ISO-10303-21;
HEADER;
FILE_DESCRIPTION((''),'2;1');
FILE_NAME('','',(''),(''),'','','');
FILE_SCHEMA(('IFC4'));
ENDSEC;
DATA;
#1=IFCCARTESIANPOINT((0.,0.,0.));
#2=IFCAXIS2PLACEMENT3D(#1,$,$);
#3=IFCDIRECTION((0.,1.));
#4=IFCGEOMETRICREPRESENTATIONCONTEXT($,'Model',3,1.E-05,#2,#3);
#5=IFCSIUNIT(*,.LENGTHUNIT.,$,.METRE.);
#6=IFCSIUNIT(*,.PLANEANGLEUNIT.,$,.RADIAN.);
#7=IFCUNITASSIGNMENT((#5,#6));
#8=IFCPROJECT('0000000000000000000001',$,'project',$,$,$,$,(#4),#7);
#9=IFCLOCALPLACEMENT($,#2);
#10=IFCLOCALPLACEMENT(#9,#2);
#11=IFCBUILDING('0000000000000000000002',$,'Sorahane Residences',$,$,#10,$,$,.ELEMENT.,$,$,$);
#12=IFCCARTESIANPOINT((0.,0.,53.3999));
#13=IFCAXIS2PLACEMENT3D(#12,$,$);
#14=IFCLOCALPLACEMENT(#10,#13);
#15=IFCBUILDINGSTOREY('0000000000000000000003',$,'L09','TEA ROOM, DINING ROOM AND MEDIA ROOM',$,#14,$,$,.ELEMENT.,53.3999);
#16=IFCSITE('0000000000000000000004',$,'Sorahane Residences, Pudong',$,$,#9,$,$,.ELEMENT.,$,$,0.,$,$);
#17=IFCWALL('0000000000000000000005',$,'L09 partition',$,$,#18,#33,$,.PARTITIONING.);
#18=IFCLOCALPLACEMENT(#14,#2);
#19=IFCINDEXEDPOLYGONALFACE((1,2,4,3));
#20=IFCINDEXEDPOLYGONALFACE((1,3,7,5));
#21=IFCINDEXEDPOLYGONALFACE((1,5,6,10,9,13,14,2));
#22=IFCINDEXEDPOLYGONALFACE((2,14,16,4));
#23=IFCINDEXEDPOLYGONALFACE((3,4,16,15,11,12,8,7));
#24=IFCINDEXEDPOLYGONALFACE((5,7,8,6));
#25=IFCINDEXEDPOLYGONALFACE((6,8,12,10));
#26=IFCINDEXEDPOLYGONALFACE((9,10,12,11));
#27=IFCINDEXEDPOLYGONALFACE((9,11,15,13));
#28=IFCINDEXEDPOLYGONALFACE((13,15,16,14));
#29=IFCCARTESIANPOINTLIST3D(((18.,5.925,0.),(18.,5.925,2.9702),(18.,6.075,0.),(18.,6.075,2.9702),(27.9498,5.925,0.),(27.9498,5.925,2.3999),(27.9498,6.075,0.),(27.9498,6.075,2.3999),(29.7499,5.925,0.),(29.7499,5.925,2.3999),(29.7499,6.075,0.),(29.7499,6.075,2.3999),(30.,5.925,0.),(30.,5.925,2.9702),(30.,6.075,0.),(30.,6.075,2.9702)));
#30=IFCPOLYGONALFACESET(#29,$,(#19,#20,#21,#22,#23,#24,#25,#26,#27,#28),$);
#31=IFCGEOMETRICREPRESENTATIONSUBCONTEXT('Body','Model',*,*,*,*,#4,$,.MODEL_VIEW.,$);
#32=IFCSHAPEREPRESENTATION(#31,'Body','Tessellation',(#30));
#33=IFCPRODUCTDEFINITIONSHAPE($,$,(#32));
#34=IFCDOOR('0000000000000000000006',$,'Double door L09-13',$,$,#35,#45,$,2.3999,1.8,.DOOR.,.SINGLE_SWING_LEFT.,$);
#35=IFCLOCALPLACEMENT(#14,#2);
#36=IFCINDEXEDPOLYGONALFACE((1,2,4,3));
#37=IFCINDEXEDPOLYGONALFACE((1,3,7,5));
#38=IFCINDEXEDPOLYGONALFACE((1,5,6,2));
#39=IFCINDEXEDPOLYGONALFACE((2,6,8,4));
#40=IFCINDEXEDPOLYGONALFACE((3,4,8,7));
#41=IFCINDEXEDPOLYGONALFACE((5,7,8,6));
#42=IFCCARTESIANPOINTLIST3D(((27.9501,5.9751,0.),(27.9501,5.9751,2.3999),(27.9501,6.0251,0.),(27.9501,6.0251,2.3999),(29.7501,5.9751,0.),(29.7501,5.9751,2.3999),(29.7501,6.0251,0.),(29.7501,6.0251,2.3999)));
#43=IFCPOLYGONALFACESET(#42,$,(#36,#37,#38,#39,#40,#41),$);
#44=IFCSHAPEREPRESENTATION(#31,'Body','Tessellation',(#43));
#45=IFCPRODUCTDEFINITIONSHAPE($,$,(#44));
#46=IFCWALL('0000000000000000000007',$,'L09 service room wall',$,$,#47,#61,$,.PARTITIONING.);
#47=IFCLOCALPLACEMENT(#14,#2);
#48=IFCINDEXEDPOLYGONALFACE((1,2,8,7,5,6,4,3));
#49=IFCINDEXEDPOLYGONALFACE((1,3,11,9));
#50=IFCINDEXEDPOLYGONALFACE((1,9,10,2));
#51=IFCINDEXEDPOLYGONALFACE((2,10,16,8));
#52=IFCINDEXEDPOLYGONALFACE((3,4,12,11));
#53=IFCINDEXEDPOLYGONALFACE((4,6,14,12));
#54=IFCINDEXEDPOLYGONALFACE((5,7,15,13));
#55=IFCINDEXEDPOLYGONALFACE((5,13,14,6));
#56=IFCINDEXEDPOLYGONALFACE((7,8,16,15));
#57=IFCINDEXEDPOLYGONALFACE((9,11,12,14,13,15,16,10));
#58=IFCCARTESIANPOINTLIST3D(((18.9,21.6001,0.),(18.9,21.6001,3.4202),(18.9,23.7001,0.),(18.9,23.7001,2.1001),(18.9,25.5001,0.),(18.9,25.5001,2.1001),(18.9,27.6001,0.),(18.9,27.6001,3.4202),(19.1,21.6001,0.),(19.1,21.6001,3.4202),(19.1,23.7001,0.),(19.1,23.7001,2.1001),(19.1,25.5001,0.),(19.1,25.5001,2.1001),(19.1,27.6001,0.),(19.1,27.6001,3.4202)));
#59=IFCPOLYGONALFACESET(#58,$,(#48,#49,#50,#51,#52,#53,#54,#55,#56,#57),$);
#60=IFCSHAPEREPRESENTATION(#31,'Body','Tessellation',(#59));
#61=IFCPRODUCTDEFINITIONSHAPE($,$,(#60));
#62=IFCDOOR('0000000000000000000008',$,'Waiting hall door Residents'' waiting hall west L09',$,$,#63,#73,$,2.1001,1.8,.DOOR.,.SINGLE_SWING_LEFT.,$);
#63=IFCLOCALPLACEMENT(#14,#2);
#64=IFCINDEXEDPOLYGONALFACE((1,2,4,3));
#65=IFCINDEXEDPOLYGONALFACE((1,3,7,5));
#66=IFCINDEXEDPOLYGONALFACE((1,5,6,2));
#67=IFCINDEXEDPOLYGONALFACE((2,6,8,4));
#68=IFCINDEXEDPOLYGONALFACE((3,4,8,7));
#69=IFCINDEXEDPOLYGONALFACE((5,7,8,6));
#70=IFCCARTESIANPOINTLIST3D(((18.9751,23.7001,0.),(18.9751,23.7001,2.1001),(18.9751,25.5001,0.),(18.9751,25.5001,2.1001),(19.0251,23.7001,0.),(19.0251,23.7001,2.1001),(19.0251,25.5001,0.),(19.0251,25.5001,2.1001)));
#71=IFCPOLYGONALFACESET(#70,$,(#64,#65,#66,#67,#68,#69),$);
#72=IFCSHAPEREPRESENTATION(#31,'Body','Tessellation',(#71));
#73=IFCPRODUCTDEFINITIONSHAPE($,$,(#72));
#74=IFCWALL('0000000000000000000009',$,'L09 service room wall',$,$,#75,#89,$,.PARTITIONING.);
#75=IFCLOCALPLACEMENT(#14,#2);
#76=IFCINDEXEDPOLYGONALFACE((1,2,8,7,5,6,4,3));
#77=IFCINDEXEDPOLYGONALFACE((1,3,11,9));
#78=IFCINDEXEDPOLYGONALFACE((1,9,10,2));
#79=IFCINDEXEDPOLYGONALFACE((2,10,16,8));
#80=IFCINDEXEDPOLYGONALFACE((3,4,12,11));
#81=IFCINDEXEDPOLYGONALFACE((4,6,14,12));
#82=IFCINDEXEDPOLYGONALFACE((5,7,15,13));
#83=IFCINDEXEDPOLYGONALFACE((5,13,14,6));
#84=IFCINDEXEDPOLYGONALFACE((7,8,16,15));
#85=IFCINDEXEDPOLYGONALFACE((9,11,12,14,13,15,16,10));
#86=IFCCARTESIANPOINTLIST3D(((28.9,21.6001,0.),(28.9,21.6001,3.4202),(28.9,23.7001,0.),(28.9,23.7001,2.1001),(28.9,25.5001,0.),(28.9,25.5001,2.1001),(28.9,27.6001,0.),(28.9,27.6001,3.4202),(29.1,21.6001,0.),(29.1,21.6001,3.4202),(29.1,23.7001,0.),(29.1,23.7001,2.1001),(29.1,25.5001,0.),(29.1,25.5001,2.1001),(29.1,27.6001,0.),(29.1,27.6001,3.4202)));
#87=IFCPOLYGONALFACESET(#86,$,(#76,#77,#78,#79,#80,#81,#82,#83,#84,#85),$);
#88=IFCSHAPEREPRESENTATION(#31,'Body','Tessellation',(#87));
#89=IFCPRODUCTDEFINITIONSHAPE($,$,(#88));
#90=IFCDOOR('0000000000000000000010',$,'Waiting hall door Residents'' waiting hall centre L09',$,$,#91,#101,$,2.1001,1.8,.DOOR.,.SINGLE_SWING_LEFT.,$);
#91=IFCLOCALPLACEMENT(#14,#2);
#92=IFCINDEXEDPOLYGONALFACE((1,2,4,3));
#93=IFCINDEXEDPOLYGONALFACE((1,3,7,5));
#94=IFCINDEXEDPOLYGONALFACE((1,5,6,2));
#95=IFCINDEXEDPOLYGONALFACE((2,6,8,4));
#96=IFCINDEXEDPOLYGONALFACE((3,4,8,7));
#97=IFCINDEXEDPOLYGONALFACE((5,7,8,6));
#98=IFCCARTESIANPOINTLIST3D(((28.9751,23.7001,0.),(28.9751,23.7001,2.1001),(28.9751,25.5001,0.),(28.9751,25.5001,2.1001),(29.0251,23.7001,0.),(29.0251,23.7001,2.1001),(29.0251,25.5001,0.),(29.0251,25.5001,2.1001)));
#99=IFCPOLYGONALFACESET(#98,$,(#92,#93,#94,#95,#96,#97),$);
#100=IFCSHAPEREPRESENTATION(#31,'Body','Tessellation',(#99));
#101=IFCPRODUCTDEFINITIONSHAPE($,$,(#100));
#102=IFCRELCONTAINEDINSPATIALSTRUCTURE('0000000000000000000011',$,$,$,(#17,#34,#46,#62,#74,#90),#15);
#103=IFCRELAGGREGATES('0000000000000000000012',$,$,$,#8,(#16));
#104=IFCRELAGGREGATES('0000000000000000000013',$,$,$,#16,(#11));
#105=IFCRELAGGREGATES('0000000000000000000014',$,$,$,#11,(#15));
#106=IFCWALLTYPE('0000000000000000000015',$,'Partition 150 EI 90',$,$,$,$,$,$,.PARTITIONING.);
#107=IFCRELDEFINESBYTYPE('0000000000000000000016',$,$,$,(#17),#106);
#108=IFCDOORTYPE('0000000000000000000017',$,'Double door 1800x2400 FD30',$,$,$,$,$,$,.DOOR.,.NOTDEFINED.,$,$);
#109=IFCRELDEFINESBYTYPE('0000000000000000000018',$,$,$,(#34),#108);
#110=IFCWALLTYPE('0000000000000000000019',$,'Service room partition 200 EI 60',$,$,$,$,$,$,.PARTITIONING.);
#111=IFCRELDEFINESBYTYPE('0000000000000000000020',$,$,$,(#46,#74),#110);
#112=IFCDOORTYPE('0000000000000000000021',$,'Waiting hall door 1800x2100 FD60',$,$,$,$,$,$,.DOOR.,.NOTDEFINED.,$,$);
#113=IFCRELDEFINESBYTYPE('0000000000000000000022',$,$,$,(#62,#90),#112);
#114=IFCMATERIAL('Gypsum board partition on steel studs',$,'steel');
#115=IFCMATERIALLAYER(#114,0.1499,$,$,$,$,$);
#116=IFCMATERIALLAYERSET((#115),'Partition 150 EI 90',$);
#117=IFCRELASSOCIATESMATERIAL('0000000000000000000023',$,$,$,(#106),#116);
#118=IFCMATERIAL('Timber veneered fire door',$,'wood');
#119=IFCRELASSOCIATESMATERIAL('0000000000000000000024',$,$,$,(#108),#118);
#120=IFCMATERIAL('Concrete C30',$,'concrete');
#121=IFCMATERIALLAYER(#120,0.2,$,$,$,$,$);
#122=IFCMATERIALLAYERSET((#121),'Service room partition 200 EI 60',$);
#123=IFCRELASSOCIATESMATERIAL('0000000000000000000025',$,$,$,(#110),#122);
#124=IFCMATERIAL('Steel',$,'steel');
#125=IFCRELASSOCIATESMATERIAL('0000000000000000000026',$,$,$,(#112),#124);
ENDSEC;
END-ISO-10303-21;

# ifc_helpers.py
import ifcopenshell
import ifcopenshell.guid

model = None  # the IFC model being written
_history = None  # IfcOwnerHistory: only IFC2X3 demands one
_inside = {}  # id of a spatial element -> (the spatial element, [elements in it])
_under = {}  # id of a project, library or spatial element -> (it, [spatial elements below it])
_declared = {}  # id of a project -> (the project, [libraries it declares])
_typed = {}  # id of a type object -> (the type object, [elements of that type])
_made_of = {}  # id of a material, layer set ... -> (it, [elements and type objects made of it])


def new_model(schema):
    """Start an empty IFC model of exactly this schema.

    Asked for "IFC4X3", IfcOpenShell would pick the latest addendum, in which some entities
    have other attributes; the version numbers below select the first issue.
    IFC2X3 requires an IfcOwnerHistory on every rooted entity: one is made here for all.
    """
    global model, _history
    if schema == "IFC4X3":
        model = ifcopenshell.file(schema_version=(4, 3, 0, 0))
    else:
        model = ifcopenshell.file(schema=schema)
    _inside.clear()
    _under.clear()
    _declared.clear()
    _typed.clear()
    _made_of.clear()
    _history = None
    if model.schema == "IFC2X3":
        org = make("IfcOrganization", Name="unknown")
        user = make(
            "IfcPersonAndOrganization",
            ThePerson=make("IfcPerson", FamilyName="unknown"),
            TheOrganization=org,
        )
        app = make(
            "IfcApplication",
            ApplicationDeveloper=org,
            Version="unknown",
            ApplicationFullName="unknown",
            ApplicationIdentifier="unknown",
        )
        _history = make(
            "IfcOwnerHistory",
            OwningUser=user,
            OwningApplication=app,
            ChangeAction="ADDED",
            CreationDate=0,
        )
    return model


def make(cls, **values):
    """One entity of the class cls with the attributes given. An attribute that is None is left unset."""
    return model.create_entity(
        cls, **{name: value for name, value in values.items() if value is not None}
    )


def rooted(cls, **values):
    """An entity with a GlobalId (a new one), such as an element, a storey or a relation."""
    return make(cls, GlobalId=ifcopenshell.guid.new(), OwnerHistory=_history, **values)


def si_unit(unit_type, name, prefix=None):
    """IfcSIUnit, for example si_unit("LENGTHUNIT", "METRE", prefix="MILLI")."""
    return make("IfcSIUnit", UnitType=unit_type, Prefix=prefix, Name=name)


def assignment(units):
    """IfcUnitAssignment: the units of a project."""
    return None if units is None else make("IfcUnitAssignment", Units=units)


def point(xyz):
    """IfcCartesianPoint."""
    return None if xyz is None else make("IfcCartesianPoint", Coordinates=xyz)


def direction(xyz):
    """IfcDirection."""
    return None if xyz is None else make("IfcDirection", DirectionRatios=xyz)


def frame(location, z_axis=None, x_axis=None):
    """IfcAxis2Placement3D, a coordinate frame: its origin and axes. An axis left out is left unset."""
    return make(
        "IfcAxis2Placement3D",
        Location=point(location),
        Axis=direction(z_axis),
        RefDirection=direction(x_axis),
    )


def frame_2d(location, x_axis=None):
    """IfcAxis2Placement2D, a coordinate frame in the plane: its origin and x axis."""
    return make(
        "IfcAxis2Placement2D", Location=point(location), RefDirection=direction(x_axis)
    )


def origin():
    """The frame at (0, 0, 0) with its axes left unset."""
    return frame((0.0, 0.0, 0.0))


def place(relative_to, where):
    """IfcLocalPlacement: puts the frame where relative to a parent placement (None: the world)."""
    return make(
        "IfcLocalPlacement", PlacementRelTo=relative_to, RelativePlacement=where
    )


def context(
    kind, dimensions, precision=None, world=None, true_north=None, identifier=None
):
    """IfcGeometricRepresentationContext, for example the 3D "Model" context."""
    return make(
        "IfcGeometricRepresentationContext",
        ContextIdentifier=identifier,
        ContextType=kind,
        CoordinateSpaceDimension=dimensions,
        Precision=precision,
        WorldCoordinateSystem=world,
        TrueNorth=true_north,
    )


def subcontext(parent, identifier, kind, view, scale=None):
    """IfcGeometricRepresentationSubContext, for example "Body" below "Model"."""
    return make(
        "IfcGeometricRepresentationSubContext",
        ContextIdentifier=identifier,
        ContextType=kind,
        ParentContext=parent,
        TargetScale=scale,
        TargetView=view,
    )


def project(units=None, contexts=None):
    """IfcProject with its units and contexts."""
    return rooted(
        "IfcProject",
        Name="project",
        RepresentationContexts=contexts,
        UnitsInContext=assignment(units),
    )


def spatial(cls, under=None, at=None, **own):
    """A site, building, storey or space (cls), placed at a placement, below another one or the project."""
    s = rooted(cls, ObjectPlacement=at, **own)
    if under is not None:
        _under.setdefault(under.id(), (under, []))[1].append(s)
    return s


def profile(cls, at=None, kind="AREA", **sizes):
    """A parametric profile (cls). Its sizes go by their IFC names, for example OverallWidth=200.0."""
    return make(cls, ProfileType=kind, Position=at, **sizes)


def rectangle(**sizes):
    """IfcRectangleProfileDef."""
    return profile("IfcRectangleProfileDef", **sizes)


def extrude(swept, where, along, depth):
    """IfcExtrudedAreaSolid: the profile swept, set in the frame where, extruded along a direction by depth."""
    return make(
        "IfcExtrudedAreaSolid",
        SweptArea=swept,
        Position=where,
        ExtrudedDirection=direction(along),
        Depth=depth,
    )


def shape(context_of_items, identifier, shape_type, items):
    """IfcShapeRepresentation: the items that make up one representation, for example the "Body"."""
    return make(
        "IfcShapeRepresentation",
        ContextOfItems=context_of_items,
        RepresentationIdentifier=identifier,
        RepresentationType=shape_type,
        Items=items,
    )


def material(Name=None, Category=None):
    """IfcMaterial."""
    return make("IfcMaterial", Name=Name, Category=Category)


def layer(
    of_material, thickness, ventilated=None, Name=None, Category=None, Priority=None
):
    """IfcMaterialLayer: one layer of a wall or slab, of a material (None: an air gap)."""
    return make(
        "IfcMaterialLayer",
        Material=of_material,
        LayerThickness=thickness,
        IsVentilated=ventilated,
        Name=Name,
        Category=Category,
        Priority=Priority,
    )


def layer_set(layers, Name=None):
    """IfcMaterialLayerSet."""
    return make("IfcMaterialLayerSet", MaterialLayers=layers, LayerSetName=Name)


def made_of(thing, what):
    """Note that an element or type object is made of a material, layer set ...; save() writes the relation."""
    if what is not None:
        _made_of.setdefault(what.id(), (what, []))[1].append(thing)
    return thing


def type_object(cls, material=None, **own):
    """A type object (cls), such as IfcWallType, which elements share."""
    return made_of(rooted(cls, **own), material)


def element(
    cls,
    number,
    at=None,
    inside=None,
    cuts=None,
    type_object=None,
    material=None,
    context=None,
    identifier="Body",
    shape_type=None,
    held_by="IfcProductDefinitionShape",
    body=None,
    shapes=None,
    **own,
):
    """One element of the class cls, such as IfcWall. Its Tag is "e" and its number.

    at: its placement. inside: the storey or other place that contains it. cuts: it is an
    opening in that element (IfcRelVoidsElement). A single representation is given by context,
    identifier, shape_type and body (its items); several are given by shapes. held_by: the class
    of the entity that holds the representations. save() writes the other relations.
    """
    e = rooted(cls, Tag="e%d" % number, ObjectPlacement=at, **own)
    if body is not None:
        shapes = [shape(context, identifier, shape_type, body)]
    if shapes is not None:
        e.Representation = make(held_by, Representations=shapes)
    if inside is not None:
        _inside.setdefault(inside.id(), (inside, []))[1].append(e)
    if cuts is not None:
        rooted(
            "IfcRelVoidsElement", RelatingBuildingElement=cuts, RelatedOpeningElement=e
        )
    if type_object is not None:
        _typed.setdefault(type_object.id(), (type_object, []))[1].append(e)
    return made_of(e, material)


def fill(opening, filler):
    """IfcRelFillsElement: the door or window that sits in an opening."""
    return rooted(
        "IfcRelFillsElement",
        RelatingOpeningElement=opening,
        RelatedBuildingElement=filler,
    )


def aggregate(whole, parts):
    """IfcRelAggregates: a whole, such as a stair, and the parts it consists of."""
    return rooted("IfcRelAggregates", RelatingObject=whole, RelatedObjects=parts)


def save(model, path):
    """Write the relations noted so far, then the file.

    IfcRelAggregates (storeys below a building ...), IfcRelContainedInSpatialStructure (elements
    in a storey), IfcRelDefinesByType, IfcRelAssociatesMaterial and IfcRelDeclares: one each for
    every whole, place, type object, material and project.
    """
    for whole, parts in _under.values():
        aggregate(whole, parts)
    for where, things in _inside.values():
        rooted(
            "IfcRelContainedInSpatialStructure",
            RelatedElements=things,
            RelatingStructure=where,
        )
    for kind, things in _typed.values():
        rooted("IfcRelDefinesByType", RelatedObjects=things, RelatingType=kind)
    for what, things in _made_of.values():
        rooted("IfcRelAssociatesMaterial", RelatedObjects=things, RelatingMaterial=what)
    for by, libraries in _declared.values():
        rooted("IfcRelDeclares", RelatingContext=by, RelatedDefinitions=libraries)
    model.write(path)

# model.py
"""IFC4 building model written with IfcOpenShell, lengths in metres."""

from ifc_helpers import new_model, si_unit, direction, frame, frame_2d, origin, place, context, subcontext, project, spatial, rectangle, extrude, material, layer, layer_set, type_object, element, fill, save


model = new_model("IFC4")

# Units and contexts
model_context = context("Model", 3, precision=1e-05, world=origin(), true_north=direction((0.0, 1.0)))
body_context = subcontext(model_context, "Body", "Model", "MODEL_VIEW")
ifc_project = project(units=[si_unit("LENGTHUNIT", "METRE"), si_unit("PLANEANGLEUNIT", "RADIAN")], contexts=[model_context])

# Site, building, storey
site_placement = place(None, origin())
site = spatial("IfcSite", under=ifc_project, at=site_placement, Name="Sorahane Residences, Pudong", CompositionType="ELEMENT", RefElevation=0.0)
building_placement = place(site_placement, origin())
building = spatial("IfcBuilding", under=site, at=building_placement, Name="Sorahane Residences", CompositionType="ELEMENT")
storey_placement = place(building_placement, frame((0.0, 0.0, 53.3999)))
storey = spatial("IfcBuildingStorey", under=building, at=storey_placement, Name="L09", Description="TEA ROOM, DINING ROOM AND MEDIA ROOM", CompositionType="ELEMENT", Elevation=53.3999)

# Shared definitions
ifc_material_1 = material(Name="Gypsum board partition on steel studs", Category="steel")
ifc_layer_1 = layer(ifc_material_1, 0.1499)
ifc_layer_set_1 = layer_set([ifc_layer_1], Name="Partition 150 EI 90")
wall_type_1 = type_object("IfcWallType", Name="Partition 150 EI 90", PredefinedType="PARTITIONING", material=ifc_layer_set_1)

# Walls, openings, doors
wall_1_placement = place(storey_placement, frame((18.0, 6.0, 0.0), z_axis=(0.0, 0.0, 1.0), x_axis=(1.0, 0.0, 0.0)))
wall_1 = element("IfcWall", 1, at=wall_1_placement, inside=storey, type_object=wall_type_1, Name="L09 partition", PredefinedType="PARTITIONING", context=body_context, shape_type="SweptSolid", body=[
    extrude(rectangle(XDim=12.0, YDim=0.1499, at=frame_2d((6.0, 0.0))), origin(), (0.0, 0.0, 1.0), 2.9702),
])
opening_1_placement = place(wall_1_placement, frame((9.95, 0.0, 0.0)))
opening_1 = element("IfcOpeningElement", 2, at=opening_1_placement, cuts=wall_1, PredefinedType="OPENING", context=body_context, shape_type="SweptSolid", body=[
    extrude(rectangle(XDim=1.8, YDim=2.3999, at=frame_2d((0.8999, 1.2))), frame((0.0, 0.085, 0.0), z_axis=(0.0, -1.0, 0.0), x_axis=(1.0, 0.0, 0.0)), (0.0, 0.0, 1.0), 0.1699),
])
ifc_material_2 = material(Name="Timber veneered fire door", Category="wood")
door_type_1 = type_object("IfcDoorType", Name="Double door 1800x2400 FD30", OperationType="NOTDEFINED", PredefinedType="DOOR", material=ifc_material_2)
door_1_placement = place(opening_1_placement, frame((1.8, 0.0, 0.0), z_axis=(0.0, 0.0, 1.0), x_axis=(-1.0, 0.0, 0.0)))
door_1 = element("IfcDoor", 3, at=door_1_placement, inside=storey, type_object=door_type_1, Name="Double door L09-13", OperationType="SINGLE_SWING_LEFT", OverallHeight=2.3999, OverallWidth=1.8, PredefinedType="DOOR", context=body_context, shape_type="SweptSolid", body=[
    extrude(rectangle(XDim=1.8, YDim=2.3999, at=frame_2d((0.8999, 1.2))), frame((0.0, 0.0249, 0.0), z_axis=(0.0, -1.0, 0.0), x_axis=(1.0, 0.0, 0.0)), (0.0, 0.0, 1.0), 0.05),
])
fill(opening_1, door_1)
ifc_material_3 = material(Name="Concrete C30", Category="concrete")
ifc_layer_2 = layer(ifc_material_3, 0.2)
ifc_layer_set_2 = layer_set([ifc_layer_2], Name="Service room partition 200 EI 60")
wall_type_2 = type_object("IfcWallType", Name="Service room partition 200 EI 60", PredefinedType="PARTITIONING", material=ifc_layer_set_2)
wall_2_placement = place(storey_placement, frame((19.0, 21.6001, 0.0), z_axis=(0.0, 0.0, 1.0), x_axis=(0.0, 1.0, 0.0)))
wall_2 = element("IfcWall", 4, at=wall_2_placement, inside=storey, type_object=wall_type_2, Name="L09 service room wall", PredefinedType="PARTITIONING", context=body_context, shape_type="SweptSolid", body=[
    extrude(rectangle(XDim=6.0, YDim=0.2, at=frame_2d((3.0, 0.0))), origin(), (0.0, 0.0, 1.0), 3.4202),
])
opening_2_placement = place(wall_2_placement, frame((2.1001, 0.0, 0.0)))
opening_2 = element("IfcOpeningElement", 5, at=opening_2_placement, cuts=wall_2, PredefinedType="OPENING", context=body_context, shape_type="SweptSolid", body=[
    extrude(rectangle(XDim=1.8, YDim=2.1001, at=frame_2d((0.8999, 1.05))), frame((0.0, 0.1099, 0.0), z_axis=(0.0, -1.0, 0.0), x_axis=(1.0, 0.0, 0.0)), (0.0, 0.0, 1.0), 0.22),
])
ifc_material_4 = material(Name="Steel", Category="steel")
door_type_2 = type_object("IfcDoorType", Name="Waiting hall door 1800x2100 FD60", OperationType="NOTDEFINED", PredefinedType="DOOR", material=ifc_material_4)
door_2_placement = place(opening_2_placement, origin())
door_2 = element("IfcDoor", 6, at=door_2_placement, inside=storey, type_object=door_type_2, Name="Waiting hall door Residents' waiting hall west L09", OperationType="SINGLE_SWING_LEFT", OverallHeight=2.1001, OverallWidth=1.8, PredefinedType="DOOR", context=body_context, shape_type="SweptSolid", body=[
    extrude(rectangle(XDim=1.8, YDim=2.1001, at=frame_2d((0.8999, 1.05))), frame((0.0, 0.0249, 0.0), z_axis=(0.0, -1.0, 0.0), x_axis=(1.0, 0.0, 0.0)), (0.0, 0.0, 1.0), 0.05),
])
fill(opening_2, door_2)
wall_3_placement = place(storey_placement, frame((29.0, 21.6001, 0.0), z_axis=(0.0, 0.0, 1.0), x_axis=(0.0, 1.0, 0.0)))
wall_3 = element("IfcWall", 7, at=wall_3_placement, inside=storey, type_object=wall_type_2, Name="L09 service room wall", PredefinedType="PARTITIONING", context=body_context, shape_type="SweptSolid", body=[
    extrude(rectangle(XDim=6.0, YDim=0.2, at=frame_2d((3.0, 0.0))), origin(), (0.0, 0.0, 1.0), 3.4202),
])
opening_3_placement = place(wall_3_placement, frame((2.1001, 0.0, 0.0)))
opening_3 = element("IfcOpeningElement", 8, at=opening_3_placement, cuts=wall_3, PredefinedType="OPENING", context=body_context, shape_type="SweptSolid", body=[
    extrude(rectangle(XDim=1.8, YDim=2.1001, at=frame_2d((0.8999, 1.05))), frame((0.0, 0.1099, 0.0), z_axis=(0.0, -1.0, 0.0), x_axis=(1.0, 0.0, 0.0)), (0.0, 0.0, 1.0), 0.22),
])
door_3_placement = place(opening_3_placement, origin())
door_3 = element("IfcDoor", 9, at=door_3_placement, inside=storey, type_object=door_type_2, Name="Waiting hall door Residents' waiting hall centre L09", OperationType="SINGLE_SWING_LEFT", OverallHeight=2.1001, OverallWidth=1.8, PredefinedType="DOOR", context=body_context, shape_type="SweptSolid", body=[
    extrude(rectangle(XDim=1.8, YDim=2.1001, at=frame_2d((0.8999, 1.05))), frame((0.0, 0.0249, 0.0), z_axis=(0.0, -1.0, 0.0), x_axis=(1.0, 0.0, 0.0)), (0.0, 0.0, 1.0), 0.05),
])
fill(opening_3, door_3)

save(model, "model.ifc")
